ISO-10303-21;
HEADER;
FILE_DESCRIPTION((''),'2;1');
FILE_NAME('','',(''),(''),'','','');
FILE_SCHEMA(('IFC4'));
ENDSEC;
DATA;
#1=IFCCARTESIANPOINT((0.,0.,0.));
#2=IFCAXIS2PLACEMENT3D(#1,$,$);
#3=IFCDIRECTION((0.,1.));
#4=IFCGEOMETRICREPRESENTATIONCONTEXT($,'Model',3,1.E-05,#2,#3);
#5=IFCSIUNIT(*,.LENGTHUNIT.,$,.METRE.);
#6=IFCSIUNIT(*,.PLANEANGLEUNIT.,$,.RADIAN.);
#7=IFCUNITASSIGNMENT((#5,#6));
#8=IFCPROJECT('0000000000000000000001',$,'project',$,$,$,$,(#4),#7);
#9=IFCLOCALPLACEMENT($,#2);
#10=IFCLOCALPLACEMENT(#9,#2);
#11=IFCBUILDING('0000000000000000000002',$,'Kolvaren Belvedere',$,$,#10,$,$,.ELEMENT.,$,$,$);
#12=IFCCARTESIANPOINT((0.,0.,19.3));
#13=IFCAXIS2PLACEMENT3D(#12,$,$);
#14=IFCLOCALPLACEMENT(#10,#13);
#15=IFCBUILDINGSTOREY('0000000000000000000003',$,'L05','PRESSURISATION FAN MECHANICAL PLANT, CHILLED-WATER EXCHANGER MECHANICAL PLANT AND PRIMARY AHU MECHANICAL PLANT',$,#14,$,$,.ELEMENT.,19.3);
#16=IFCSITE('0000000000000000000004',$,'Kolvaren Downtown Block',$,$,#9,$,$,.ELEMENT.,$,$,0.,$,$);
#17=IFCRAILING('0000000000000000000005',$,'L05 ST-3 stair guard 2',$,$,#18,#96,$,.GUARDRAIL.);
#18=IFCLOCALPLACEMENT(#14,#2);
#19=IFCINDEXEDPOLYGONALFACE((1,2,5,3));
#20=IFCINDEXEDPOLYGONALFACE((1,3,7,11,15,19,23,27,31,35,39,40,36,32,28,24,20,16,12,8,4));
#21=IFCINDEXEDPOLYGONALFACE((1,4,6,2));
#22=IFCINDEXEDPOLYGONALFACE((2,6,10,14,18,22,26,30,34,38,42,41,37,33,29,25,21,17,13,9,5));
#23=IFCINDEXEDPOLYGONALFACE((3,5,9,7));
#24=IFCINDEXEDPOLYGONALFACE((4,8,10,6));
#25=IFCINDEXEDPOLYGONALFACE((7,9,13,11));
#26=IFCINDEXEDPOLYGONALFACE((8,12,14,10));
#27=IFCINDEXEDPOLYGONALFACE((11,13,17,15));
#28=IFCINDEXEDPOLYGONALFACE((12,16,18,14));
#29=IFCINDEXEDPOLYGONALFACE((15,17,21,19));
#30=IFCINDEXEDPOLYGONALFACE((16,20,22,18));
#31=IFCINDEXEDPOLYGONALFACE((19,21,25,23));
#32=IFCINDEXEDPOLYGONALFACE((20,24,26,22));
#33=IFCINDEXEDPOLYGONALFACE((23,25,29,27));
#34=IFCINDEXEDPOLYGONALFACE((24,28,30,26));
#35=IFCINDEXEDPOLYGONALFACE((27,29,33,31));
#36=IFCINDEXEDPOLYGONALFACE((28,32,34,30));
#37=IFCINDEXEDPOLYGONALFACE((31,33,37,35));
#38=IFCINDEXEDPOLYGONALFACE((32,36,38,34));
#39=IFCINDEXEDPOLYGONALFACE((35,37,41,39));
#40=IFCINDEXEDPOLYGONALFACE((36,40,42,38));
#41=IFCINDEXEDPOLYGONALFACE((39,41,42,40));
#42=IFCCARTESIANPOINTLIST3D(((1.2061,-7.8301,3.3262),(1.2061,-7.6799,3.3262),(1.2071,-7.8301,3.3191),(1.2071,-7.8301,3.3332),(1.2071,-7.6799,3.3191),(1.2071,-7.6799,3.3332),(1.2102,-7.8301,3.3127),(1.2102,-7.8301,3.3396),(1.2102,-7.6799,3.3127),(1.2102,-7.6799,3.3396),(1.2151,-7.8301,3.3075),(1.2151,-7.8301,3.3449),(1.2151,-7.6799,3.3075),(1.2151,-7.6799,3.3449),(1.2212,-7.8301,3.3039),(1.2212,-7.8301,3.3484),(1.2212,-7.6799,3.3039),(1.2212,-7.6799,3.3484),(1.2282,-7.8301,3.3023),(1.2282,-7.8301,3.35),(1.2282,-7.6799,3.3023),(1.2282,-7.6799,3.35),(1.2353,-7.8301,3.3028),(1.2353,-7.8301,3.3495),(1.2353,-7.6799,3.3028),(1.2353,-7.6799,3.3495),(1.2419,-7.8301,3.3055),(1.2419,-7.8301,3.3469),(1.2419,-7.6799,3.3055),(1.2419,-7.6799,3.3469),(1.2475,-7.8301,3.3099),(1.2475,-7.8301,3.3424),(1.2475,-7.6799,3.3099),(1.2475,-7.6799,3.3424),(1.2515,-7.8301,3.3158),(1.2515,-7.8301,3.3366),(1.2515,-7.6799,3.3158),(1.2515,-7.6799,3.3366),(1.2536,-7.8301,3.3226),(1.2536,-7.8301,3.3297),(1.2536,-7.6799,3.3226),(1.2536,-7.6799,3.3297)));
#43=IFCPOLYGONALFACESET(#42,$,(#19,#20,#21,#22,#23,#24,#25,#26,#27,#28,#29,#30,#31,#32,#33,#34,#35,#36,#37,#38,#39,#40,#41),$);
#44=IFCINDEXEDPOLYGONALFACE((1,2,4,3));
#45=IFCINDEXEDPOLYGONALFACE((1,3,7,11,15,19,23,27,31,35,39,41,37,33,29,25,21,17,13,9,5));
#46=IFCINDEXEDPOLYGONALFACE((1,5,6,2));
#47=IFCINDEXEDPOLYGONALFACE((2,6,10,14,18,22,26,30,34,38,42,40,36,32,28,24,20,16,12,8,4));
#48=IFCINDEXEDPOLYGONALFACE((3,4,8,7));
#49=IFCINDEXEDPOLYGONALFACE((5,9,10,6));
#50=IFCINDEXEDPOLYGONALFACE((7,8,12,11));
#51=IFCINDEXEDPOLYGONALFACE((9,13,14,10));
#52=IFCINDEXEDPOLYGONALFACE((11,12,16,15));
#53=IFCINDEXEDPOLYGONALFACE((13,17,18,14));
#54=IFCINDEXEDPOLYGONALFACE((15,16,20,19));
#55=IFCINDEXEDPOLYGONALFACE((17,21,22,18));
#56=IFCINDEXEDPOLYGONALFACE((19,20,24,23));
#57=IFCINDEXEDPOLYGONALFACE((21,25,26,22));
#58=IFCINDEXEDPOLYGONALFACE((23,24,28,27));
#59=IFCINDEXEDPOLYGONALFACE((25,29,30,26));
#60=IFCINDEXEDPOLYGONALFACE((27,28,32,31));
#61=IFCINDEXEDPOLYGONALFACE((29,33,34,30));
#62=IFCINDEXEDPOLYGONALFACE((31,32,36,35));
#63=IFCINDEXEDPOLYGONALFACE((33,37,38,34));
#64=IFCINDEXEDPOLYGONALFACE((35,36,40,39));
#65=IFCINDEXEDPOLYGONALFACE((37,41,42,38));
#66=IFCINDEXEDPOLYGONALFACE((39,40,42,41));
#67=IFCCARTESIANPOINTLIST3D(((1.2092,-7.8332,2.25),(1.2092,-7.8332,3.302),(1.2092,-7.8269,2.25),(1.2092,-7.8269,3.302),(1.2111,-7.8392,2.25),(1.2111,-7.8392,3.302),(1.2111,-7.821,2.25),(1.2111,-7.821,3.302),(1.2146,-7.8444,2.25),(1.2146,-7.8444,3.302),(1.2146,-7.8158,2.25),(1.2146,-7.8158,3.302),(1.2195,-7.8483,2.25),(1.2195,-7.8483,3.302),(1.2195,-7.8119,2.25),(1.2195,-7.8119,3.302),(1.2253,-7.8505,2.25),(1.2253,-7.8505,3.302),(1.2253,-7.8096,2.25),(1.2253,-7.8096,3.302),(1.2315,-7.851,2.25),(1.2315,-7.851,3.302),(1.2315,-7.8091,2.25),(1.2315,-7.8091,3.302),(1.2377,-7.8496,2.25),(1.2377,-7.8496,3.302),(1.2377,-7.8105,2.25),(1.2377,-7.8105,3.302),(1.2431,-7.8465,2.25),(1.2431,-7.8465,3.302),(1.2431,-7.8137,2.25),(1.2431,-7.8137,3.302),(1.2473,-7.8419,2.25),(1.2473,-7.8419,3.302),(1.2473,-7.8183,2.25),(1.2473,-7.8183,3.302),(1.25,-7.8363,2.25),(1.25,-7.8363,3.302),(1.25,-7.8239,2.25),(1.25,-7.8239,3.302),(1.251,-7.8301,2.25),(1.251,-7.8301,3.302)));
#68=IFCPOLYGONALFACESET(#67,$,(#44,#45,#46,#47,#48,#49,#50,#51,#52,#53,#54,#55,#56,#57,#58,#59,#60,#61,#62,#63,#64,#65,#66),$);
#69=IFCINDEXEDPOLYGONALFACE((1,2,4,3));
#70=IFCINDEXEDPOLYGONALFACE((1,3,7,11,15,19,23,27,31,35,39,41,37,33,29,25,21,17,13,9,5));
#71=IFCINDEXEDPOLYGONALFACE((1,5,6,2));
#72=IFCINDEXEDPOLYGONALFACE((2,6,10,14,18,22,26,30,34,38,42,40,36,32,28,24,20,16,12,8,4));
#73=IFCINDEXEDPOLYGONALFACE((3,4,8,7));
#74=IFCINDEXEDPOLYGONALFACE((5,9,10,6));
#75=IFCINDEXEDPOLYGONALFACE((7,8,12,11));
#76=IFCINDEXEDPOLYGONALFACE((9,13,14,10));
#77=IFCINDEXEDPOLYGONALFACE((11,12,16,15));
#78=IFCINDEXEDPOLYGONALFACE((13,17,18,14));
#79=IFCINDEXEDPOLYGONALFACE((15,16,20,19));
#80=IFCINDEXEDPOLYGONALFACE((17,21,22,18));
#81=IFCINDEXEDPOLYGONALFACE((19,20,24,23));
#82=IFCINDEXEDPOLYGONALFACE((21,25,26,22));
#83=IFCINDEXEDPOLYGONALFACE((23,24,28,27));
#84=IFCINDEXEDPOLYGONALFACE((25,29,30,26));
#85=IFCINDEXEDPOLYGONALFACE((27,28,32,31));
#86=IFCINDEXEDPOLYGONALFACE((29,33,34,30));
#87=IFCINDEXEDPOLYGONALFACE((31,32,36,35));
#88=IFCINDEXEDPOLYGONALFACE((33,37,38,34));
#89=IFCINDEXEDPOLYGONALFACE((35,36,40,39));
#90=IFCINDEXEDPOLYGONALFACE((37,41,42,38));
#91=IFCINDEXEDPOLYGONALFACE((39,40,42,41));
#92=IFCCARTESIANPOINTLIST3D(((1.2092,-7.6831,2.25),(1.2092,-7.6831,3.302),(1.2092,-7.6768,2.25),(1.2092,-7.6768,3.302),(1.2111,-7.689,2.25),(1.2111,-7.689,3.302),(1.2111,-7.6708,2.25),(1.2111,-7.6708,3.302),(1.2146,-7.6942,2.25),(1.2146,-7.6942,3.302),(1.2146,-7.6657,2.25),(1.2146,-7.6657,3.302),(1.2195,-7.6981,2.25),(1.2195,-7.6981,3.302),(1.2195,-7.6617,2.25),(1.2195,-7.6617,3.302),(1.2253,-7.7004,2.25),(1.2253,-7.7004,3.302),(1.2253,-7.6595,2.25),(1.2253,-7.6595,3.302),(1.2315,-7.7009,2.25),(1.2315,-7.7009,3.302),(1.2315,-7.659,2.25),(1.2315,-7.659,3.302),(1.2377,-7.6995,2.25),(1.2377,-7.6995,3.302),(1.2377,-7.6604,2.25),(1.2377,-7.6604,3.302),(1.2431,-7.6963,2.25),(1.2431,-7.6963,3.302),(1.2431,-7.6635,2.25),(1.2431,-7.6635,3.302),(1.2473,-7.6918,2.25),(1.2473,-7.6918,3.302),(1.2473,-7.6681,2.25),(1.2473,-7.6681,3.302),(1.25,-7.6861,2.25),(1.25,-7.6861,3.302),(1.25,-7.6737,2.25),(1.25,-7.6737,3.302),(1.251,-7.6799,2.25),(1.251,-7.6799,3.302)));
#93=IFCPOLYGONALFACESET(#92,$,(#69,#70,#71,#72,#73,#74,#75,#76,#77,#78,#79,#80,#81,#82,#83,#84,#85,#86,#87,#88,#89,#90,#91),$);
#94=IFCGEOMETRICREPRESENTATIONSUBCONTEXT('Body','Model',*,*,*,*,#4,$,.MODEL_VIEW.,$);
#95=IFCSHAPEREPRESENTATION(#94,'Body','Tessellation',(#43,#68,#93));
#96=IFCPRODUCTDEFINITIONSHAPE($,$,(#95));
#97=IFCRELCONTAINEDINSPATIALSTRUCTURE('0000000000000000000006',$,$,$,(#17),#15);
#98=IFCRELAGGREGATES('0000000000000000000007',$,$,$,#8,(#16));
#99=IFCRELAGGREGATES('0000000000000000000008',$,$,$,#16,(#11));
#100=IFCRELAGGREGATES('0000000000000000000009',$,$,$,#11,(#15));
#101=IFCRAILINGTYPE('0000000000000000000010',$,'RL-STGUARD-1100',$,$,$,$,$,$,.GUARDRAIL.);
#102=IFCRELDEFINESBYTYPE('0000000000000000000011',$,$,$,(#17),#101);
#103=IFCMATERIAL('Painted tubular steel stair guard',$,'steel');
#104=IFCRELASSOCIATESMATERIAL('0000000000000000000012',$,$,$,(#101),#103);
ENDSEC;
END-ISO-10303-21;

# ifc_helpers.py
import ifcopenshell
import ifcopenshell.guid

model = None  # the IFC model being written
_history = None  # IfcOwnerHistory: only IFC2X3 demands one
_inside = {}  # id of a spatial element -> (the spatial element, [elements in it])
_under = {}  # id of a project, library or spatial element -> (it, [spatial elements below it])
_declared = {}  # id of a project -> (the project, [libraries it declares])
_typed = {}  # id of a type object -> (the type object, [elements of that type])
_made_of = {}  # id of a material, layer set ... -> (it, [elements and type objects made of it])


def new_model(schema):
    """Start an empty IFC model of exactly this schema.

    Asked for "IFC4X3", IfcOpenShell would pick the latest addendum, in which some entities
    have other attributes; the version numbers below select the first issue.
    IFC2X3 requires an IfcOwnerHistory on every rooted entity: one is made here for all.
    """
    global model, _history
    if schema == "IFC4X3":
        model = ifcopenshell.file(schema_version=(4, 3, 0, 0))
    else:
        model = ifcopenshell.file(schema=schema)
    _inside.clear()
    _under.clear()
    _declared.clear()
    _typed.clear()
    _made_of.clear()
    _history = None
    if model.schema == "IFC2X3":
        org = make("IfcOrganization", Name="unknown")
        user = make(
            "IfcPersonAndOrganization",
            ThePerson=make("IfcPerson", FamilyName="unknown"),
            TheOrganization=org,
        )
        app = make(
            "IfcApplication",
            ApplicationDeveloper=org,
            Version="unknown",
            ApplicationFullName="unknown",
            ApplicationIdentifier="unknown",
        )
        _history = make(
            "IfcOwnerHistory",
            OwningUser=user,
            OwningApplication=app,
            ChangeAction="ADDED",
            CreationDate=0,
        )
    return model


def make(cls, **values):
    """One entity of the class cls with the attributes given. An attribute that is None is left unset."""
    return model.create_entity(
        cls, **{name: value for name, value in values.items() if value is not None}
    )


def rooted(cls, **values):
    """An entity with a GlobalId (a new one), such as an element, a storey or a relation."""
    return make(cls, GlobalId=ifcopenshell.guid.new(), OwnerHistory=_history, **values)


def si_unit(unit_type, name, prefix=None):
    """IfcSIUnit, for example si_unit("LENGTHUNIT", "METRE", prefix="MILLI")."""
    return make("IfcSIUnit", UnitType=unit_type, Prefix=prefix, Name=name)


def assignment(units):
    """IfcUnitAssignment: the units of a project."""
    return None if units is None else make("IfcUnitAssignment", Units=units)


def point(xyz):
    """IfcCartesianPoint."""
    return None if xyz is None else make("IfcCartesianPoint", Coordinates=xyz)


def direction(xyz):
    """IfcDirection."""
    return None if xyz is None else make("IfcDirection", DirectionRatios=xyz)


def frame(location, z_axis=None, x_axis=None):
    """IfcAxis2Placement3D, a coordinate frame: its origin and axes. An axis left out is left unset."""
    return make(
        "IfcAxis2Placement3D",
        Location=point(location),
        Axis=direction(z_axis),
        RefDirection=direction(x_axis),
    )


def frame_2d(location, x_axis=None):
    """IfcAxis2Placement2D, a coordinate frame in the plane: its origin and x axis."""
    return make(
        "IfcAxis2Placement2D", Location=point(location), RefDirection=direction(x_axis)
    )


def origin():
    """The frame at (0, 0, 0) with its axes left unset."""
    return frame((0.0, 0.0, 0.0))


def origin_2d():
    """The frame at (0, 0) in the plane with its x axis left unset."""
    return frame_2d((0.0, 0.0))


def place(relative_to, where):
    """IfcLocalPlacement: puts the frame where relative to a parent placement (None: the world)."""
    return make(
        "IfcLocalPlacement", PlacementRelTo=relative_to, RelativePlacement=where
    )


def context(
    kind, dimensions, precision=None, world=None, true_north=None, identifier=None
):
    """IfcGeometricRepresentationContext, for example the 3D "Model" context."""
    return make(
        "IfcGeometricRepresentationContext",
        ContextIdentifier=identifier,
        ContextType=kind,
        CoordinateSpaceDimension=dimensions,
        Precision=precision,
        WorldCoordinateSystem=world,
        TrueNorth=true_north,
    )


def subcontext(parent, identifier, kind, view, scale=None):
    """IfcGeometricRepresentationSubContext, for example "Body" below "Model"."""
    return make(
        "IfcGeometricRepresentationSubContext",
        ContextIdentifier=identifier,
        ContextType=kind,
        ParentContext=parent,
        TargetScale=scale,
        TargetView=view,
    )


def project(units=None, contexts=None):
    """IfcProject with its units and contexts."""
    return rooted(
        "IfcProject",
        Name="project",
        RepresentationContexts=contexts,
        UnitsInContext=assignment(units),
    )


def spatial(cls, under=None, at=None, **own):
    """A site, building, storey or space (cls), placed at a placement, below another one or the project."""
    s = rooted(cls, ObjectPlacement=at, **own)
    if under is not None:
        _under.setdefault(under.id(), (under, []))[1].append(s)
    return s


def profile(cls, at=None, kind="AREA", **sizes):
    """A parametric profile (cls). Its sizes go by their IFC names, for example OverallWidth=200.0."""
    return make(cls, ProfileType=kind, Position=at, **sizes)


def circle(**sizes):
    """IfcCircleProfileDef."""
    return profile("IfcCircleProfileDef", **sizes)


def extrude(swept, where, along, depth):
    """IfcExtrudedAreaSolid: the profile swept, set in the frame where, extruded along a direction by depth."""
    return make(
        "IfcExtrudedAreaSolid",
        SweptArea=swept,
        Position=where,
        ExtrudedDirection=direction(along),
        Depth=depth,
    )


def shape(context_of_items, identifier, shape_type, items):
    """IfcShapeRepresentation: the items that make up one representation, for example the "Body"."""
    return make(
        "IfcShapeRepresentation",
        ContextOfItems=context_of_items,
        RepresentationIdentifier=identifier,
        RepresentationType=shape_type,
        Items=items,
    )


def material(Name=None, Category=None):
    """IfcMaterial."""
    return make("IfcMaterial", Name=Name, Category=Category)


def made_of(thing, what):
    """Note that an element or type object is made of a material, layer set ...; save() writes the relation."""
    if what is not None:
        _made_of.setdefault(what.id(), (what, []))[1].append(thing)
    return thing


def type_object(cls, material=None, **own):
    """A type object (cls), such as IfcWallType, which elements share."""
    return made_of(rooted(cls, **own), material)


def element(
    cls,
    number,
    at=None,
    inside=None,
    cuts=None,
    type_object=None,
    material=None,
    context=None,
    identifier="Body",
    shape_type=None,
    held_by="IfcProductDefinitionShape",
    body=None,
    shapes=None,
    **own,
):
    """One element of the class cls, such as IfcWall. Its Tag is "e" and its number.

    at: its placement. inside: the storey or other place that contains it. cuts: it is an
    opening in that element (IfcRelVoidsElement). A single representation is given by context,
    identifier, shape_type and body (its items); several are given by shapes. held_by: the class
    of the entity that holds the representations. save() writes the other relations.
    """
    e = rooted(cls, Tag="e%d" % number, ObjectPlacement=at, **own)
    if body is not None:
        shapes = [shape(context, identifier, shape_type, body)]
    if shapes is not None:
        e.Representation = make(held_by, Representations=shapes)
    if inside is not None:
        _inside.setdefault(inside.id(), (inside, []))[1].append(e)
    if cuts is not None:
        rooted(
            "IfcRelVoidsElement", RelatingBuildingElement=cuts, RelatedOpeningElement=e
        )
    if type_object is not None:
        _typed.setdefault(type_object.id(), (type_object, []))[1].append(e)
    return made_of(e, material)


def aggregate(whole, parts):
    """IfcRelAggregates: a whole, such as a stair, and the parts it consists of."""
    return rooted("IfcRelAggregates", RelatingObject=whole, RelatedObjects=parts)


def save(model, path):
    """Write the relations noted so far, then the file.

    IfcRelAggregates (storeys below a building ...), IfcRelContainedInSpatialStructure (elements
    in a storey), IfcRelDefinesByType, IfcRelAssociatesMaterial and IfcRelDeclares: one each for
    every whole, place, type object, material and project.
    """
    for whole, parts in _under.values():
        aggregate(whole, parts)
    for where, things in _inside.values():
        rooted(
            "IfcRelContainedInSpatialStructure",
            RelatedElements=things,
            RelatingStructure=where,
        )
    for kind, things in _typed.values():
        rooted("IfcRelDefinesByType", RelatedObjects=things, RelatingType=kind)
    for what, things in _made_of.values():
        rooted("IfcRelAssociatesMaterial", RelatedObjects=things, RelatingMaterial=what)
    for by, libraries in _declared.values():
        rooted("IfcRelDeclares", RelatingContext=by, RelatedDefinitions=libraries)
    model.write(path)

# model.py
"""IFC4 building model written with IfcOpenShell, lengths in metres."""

from ifc_helpers import new_model, si_unit, direction, frame, origin, origin_2d, place, context, subcontext, project, spatial, circle, extrude, material, type_object, element, save


model = new_model("IFC4")

# Units and contexts
model_context = context("Model", 3, precision=1e-05, world=origin(), true_north=direction((0.0, 1.0)))
body_context = subcontext(model_context, "Body", "Model", "MODEL_VIEW")
ifc_project = project(units=[si_unit("LENGTHUNIT", "METRE"), si_unit("PLANEANGLEUNIT", "RADIAN")], contexts=[model_context])

# Site, building, storey
site_placement = place(None, origin())
site = spatial("IfcSite", under=ifc_project, at=site_placement, Name="Kolvaren Downtown Block", CompositionType="ELEMENT", RefElevation=0.0)
building_placement = place(site_placement, origin())
building = spatial("IfcBuilding", under=site, at=building_placement, Name="Kolvaren Belvedere", CompositionType="ELEMENT")
storey_placement = place(building_placement, frame((0.0, 0.0, 19.3)))
storey = spatial("IfcBuildingStorey", under=building, at=storey_placement, Name="L05", Description="PRESSURISATION FAN MECHANICAL PLANT, CHILLED-WATER EXCHANGER MECHANICAL PLANT AND PRIMARY AHU MECHANICAL PLANT", CompositionType="ELEMENT", Elevation=19.3)

# Railing
ifc_material_1 = material(Name="Painted tubular steel stair guard", Category="steel")
railing_type_1 = type_object("IfcRailingType", Name="RL-STGUARD-1100", PredefinedType="GUARDRAIL", material=ifc_material_1)
railing_1_placement = place(storey_placement, frame((1.23, -7.8301, 2.25)))
element("IfcRailing", 1, at=railing_1_placement, inside=storey, type_object=railing_type_1, Name="L05 ST-3 stair guard 2", PredefinedType="GUARDRAIL", context=body_context, shape_type="SweptSolid", body=[
    extrude(circle(Radius=0.0239, at=origin_2d()), frame((0.0, 0.0, 1.0762), z_axis=(0.0, 1.0, 0.0), x_axis=(-1.0, 0.0, 0.0)), (0.0, 0.0, 1.0), 0.1501),
    extrude(circle(Radius=0.021, at=origin_2d()), origin(), (0.0, 0.0, 1.0), 1.052),
    extrude(circle(Radius=0.021, at=origin_2d()), frame((0.0, 0.1501, 0.0)), (0.0, 0.0, 1.0), 1.052),
])

save(model, "model.ifc")
